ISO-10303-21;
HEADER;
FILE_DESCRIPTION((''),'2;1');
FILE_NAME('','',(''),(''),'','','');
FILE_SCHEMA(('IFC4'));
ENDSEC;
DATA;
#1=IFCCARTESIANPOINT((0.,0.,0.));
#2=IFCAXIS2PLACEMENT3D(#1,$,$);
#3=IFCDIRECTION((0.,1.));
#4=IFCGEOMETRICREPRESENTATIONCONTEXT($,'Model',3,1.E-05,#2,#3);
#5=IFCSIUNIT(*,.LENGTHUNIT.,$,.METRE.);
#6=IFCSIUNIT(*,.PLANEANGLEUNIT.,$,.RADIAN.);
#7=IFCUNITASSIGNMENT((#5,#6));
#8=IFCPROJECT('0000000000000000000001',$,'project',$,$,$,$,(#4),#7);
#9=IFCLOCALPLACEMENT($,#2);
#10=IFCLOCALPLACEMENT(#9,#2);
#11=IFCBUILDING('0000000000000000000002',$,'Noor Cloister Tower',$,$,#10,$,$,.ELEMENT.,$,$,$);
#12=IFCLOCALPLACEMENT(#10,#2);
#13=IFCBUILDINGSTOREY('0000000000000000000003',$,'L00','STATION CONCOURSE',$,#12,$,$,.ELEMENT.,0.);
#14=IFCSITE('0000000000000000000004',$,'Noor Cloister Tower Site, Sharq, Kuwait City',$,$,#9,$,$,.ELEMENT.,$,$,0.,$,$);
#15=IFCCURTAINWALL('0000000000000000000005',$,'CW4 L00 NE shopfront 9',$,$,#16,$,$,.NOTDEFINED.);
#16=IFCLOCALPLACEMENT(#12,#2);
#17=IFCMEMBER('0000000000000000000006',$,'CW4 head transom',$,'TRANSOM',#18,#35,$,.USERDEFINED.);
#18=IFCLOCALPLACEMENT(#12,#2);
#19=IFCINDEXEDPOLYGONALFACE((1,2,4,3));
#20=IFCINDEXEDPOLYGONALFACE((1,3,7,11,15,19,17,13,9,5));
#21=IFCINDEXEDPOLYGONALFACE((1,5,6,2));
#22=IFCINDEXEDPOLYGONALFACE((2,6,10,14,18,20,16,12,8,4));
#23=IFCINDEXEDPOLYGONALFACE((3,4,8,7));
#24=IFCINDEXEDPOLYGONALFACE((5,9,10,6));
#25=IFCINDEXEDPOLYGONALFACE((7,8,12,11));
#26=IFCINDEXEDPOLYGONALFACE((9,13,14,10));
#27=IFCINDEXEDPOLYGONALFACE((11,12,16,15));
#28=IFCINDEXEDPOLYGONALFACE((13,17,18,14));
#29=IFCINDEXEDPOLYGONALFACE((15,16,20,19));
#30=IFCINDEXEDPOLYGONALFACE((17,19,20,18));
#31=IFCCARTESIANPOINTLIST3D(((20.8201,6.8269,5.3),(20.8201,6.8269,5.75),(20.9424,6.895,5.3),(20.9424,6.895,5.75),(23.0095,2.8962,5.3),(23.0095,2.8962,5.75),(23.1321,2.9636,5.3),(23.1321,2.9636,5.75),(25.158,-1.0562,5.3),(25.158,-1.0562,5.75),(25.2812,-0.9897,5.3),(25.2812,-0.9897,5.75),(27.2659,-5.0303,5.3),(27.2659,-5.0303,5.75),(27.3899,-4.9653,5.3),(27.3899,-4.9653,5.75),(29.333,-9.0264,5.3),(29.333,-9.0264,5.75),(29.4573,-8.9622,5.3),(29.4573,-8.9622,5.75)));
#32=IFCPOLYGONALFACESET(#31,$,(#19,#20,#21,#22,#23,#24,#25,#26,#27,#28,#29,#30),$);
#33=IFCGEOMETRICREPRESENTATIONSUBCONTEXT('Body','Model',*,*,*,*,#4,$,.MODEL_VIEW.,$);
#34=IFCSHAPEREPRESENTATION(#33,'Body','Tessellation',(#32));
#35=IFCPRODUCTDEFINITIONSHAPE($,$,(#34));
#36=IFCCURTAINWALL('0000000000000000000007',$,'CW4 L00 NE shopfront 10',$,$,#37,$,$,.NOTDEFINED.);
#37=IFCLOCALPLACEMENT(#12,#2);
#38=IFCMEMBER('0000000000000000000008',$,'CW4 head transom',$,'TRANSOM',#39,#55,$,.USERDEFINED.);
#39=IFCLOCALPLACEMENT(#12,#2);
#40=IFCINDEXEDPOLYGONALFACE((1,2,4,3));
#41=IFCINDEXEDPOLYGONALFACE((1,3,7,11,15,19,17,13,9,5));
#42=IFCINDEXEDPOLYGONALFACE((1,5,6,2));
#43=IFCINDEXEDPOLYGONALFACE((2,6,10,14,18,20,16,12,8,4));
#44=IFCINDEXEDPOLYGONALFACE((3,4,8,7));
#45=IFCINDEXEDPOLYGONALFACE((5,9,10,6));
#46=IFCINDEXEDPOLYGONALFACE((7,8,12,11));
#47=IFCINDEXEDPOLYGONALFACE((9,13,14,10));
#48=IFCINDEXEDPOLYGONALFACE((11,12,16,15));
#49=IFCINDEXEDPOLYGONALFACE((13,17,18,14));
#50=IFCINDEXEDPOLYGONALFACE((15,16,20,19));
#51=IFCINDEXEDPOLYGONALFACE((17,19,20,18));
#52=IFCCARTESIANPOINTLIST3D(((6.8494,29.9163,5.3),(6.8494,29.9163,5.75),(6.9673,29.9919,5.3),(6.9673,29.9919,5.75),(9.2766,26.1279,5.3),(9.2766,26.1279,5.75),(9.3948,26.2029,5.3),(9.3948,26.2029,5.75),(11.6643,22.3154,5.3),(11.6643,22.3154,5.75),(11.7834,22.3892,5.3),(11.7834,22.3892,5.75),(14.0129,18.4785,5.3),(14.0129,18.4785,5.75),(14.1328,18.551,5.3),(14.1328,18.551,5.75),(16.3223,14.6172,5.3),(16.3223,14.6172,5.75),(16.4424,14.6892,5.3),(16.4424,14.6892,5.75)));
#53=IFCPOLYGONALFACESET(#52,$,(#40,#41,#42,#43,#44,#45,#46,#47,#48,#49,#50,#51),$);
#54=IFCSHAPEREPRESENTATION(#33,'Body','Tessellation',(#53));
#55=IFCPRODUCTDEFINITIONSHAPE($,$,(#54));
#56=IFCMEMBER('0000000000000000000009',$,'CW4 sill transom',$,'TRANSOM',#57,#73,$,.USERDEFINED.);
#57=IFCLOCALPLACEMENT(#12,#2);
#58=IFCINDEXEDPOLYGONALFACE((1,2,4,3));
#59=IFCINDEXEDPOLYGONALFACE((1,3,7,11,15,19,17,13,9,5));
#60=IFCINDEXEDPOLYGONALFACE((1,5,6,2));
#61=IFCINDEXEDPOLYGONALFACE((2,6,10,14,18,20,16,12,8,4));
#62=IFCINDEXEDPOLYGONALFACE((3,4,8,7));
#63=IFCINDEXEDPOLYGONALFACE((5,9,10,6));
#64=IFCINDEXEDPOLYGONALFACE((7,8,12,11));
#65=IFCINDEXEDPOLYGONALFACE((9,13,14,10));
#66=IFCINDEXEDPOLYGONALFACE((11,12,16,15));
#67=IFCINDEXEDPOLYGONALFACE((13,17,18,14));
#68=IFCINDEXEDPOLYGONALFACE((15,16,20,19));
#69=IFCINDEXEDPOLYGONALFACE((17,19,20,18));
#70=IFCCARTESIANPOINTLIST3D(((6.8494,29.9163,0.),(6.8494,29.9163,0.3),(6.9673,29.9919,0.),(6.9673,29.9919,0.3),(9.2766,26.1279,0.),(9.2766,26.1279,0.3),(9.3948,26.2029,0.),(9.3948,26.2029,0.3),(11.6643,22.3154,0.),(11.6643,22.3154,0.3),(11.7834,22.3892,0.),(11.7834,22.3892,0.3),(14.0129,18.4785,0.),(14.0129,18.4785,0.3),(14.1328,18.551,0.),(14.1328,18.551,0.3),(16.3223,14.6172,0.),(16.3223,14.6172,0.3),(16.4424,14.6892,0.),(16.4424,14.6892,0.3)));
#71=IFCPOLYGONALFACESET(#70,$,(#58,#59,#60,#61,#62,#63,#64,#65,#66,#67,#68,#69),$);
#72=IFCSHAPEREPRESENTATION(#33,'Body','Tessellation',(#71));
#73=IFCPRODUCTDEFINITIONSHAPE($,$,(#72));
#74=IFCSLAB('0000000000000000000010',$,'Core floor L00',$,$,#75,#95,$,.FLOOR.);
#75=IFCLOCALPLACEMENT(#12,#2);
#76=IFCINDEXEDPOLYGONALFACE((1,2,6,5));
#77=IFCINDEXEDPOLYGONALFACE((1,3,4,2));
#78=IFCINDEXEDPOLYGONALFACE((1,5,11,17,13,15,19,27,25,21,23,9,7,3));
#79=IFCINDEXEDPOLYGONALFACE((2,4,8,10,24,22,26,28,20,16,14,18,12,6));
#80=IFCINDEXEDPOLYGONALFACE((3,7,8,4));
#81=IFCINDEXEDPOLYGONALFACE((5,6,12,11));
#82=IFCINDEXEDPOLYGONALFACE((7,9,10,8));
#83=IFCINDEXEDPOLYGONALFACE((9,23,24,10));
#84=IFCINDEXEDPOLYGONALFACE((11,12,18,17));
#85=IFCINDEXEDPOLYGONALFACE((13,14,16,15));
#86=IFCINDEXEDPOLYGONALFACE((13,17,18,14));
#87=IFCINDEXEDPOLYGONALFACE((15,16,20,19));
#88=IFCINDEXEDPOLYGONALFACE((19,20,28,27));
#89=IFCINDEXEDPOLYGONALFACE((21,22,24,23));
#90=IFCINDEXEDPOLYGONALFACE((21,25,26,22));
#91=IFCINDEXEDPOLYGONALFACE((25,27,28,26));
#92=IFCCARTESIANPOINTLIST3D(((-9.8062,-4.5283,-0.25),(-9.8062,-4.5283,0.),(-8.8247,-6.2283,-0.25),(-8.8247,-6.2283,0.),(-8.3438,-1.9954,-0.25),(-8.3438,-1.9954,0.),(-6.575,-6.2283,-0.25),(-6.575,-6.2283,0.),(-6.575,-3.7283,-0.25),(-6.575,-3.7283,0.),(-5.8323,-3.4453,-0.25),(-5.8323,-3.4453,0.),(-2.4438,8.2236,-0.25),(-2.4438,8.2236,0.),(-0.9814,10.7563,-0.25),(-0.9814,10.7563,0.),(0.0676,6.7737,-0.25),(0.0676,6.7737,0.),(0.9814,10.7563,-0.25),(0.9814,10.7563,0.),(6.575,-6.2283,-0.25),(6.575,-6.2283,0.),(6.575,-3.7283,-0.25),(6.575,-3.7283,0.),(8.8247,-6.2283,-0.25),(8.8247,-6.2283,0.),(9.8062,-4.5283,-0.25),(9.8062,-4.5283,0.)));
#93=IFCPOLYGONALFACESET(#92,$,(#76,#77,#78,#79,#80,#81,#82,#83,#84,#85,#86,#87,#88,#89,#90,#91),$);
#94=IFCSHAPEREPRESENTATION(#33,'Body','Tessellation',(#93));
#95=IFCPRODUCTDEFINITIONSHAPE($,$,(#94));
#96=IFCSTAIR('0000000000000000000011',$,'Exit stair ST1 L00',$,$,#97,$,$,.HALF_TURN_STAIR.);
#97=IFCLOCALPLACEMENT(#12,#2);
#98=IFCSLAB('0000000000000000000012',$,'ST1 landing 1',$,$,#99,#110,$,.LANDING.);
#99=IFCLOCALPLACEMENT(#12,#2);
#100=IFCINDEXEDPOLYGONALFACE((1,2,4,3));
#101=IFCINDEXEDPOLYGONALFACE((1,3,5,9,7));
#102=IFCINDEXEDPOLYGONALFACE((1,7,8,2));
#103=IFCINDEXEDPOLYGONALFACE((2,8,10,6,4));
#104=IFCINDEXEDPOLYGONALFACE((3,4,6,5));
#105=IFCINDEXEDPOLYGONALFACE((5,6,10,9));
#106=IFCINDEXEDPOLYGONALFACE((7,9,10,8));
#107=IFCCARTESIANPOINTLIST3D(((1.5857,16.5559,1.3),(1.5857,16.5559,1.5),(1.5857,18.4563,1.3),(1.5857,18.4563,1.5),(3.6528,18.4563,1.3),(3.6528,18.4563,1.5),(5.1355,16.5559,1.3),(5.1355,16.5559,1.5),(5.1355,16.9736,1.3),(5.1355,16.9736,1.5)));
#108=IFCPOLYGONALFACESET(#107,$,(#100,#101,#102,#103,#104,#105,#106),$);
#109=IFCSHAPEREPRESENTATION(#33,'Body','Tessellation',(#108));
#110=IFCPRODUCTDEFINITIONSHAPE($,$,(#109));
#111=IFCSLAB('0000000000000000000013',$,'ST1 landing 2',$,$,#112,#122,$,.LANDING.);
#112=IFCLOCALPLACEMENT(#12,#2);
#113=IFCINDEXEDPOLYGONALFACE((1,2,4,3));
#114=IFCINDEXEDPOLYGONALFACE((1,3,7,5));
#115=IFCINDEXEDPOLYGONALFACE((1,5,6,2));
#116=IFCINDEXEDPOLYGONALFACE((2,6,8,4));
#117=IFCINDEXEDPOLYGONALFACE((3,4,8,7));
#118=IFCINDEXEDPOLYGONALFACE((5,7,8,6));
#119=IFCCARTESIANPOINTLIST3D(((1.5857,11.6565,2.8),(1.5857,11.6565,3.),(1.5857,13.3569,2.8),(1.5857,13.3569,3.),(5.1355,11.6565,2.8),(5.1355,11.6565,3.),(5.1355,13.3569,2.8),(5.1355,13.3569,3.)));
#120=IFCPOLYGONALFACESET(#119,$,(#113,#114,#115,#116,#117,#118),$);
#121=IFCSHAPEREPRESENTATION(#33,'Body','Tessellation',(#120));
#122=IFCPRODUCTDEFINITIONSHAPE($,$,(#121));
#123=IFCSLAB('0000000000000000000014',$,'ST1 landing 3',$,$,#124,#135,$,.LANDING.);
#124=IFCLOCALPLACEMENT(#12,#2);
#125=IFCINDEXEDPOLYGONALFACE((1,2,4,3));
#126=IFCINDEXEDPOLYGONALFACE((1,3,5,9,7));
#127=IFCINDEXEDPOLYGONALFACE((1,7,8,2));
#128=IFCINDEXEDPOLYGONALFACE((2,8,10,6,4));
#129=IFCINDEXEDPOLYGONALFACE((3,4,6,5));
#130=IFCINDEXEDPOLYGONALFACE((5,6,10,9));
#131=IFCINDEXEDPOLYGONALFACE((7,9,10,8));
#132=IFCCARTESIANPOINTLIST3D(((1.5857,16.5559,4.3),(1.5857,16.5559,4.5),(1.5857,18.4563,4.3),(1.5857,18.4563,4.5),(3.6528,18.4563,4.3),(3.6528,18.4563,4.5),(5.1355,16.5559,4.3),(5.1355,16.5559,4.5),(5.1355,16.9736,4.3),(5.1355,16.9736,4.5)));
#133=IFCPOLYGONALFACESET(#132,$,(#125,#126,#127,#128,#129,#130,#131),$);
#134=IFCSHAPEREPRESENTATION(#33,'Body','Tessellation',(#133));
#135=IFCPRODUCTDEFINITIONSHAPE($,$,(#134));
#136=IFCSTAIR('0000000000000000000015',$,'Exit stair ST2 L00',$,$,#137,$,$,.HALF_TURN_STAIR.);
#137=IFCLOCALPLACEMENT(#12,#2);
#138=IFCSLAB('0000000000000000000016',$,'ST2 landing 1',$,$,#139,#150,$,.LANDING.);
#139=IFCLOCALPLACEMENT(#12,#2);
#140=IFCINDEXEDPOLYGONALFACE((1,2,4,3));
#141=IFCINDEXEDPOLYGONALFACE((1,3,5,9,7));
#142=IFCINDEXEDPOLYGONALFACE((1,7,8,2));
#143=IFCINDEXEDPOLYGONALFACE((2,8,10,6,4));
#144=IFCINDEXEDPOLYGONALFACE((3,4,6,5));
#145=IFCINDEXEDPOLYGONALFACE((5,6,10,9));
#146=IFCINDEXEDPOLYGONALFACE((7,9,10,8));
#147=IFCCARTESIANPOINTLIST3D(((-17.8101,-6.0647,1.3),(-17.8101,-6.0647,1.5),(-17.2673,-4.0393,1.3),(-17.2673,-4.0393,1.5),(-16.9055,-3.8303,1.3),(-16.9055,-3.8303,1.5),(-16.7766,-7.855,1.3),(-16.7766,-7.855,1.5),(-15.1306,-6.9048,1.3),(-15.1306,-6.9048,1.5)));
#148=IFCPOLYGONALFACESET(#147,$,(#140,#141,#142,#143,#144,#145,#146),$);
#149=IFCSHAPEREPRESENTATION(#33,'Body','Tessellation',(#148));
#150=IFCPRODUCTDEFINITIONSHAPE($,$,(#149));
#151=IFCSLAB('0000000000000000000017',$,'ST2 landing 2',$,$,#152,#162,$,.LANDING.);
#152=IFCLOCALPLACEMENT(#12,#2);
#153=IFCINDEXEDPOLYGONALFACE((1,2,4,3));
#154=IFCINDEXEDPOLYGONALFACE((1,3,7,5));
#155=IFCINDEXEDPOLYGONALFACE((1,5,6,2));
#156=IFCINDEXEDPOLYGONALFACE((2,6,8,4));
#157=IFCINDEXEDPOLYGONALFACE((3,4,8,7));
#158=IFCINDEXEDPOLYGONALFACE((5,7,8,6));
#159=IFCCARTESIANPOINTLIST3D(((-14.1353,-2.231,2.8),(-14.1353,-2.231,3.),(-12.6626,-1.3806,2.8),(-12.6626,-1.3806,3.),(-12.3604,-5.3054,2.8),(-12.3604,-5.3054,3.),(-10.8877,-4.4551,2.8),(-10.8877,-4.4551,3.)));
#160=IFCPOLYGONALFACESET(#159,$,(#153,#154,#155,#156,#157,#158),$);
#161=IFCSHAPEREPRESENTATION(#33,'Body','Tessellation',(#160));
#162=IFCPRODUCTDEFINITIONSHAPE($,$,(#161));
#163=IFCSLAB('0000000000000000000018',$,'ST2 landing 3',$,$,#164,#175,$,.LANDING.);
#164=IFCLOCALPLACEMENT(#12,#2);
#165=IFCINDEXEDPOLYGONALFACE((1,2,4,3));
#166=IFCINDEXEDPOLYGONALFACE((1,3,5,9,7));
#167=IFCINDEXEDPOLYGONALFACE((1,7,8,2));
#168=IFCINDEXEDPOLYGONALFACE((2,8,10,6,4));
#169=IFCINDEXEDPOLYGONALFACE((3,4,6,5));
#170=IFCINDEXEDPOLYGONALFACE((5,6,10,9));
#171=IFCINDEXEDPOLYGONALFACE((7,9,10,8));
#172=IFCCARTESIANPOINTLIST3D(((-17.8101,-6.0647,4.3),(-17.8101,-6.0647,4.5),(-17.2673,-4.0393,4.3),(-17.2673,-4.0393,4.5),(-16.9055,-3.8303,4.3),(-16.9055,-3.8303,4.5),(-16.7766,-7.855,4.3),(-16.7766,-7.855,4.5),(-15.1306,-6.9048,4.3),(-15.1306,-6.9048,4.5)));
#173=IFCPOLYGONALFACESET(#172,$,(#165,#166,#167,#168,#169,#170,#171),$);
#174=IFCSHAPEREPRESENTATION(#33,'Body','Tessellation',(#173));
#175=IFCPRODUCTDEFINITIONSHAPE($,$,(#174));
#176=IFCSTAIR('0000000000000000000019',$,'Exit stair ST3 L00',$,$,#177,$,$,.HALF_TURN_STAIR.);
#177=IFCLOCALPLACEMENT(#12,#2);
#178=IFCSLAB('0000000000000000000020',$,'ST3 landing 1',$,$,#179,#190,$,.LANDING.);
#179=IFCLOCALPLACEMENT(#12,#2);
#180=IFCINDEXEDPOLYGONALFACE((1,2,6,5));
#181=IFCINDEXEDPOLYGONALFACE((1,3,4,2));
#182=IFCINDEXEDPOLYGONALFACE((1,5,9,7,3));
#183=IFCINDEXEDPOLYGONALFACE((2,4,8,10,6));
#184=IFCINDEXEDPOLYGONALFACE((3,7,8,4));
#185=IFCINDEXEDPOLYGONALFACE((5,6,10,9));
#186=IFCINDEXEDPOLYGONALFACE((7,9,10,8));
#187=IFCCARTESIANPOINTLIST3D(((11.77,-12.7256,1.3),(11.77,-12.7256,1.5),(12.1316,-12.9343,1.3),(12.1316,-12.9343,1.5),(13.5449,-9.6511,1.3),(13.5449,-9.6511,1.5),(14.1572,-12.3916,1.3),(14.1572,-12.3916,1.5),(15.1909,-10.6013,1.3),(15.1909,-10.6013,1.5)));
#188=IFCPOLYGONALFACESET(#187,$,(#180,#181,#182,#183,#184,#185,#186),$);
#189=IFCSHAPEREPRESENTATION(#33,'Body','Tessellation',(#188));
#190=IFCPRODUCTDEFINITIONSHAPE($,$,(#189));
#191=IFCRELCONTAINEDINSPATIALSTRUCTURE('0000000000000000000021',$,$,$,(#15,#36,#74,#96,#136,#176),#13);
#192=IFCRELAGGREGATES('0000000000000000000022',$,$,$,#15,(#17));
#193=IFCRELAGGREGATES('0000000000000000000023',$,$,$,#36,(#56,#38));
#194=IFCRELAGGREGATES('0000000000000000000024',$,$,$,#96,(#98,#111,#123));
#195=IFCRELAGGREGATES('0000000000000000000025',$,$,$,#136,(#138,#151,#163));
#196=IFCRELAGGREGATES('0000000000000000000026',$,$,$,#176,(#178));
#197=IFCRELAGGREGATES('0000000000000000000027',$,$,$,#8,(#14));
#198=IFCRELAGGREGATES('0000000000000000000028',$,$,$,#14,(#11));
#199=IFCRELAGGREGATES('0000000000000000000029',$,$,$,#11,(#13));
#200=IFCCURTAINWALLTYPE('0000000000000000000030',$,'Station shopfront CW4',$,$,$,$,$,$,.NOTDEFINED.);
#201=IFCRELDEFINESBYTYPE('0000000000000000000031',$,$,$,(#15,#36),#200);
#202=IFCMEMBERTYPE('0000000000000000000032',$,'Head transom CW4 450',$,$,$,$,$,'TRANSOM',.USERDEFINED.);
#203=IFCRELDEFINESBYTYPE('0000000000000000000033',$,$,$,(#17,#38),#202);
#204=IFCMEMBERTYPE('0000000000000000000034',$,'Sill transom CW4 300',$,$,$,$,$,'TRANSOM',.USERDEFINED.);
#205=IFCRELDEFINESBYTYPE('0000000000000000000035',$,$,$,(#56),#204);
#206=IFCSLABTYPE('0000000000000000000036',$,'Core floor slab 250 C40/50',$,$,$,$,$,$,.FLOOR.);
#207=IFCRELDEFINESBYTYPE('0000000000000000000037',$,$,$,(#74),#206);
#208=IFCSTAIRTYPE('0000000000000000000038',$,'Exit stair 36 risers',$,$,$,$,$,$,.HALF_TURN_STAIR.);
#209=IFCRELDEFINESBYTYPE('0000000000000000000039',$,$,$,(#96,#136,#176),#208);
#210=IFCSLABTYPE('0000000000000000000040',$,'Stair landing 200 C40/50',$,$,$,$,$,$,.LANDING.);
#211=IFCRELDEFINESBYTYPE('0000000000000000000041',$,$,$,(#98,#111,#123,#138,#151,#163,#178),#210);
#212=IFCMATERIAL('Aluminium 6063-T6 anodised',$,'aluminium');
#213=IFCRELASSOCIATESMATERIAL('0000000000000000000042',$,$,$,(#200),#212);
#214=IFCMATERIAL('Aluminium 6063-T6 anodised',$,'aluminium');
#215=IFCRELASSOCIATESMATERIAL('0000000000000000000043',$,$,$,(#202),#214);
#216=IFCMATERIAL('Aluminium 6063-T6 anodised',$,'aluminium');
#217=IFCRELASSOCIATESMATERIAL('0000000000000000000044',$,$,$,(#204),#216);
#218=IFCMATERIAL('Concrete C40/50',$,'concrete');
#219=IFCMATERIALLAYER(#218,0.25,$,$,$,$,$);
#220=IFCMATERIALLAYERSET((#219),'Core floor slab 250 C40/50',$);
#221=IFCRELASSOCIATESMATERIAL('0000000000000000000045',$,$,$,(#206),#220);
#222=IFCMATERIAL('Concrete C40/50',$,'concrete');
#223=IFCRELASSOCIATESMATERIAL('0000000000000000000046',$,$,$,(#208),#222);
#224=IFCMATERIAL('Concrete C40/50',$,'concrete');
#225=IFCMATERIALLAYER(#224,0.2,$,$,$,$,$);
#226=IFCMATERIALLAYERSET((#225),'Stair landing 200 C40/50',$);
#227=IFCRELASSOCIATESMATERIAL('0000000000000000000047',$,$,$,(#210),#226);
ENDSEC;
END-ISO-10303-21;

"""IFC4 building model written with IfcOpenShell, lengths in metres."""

from ifc_helpers import new_model, si_unit, direction, frame, origin, place, context, subcontext, project, spatial, polyline, outline, extrude, material, layer, layer_set, type_object, element, aggregate, save


model = new_model("IFC4")

# Units and contexts
model_context = context("Model", 3, precision=1e-05, world=origin(), true_north=direction((0.0, 1.0)))
body_context = subcontext(model_context, "Body", "Model", "MODEL_VIEW")
ifc_project = project(units=[si_unit("LENGTHUNIT", "METRE"), si_unit("PLANEANGLEUNIT", "RADIAN")], contexts=[model_context])

# Site, building, storey
site_placement = place(None, origin())
site = spatial("IfcSite", under=ifc_project, at=site_placement, Name="Noor Cloister Tower Site, Sharq, Kuwait City", CompositionType="ELEMENT", RefElevation=0.0)
building_placement = place(site_placement, origin())
building = spatial("IfcBuilding", under=site, at=building_placement, Name="Noor Cloister Tower", CompositionType="ELEMENT")
storey_placement = place(building_placement, origin())
storey = spatial("IfcBuildingStorey", under=building, at=storey_placement, Name="L00", Description="STATION CONCOURSE", CompositionType="ELEMENT", Elevation=0.0)

# Curtain wall, member
ifc_material_1 = material(Name="Aluminium 6063-T6 anodised", Category="aluminium")
curtain_wall_type = type_object("IfcCurtainWallType", Name="Station shopfront CW4", PredefinedType="NOTDEFINED", material=ifc_material_1)
curtain_wall_1_placement = place(storey_placement, origin())
curtain_wall_1 = element("IfcCurtainWall", 1, at=curtain_wall_1_placement, inside=storey, type_object=curtain_wall_type, Name="CW4 L00 NE shopfront 9", PredefinedType="NOTDEFINED")
ifc_material_2 = material(Name="Aluminium 6063-T6 anodised", Category="aluminium")
member_type_1 = type_object("IfcMemberType", Name="Head transom CW4 450", ElementType="TRANSOM", PredefinedType="USERDEFINED", material=ifc_material_2)
member_1_placement = place(storey_placement, frame((0.0, 0.0, 5.3)))
member_1 = element("IfcMember", 2, at=member_1_placement, type_object=member_type_1, Name="CW4 head transom", ObjectType="TRANSOM", PredefinedType="USERDEFINED", context=body_context, shape_type="SweptSolid", body=[
    extrude(outline(polyline([(29.4573, -8.9622), (27.3899, -4.9653), (25.2812, -0.9897), (23.1321, 2.9636), (20.9424, 6.895), (20.8201, 6.8269), (23.0095, 2.8962), (25.158, -1.0562), (27.2659, -5.0303), (29.333, -9.0264), (29.4573, -8.9622)])), origin(), (0.0, 0.0, 1.0), 0.45),
])
aggregate(curtain_wall_1, [member_1])

# Curtain wall, members
curtain_wall_2_placement = place(storey_placement, origin())
curtain_wall_2 = element("IfcCurtainWall", 3, at=curtain_wall_2_placement, inside=storey, type_object=curtain_wall_type, Name="CW4 L00 NE shopfront 10", PredefinedType="NOTDEFINED")
member_2_placement = place(storey_placement, frame((0.0, 0.0, 5.3)))
member_2 = element("IfcMember", 4, at=member_2_placement, type_object=member_type_1, Name="CW4 head transom", ObjectType="TRANSOM", PredefinedType="USERDEFINED", context=body_context, shape_type="SweptSolid", body=[
    extrude(outline(polyline([(16.4424, 14.6892), (14.1328, 18.551), (11.7834, 22.3892), (9.3948, 26.2029), (6.9673, 29.9919), (6.8494, 29.9163), (9.2766, 26.1279), (11.6643, 22.3154), (14.0129, 18.4785), (16.3223, 14.6172), (16.4424, 14.6892)])), origin(), (0.0, 0.0, 1.0), 0.45),
])
ifc_material_3 = material(Name="Aluminium 6063-T6 anodised", Category="aluminium")
member_type_2 = type_object("IfcMemberType", Name="Sill transom CW4 300", ElementType="TRANSOM", PredefinedType="USERDEFINED", material=ifc_material_3)
member_3_placement = place(storey_placement, origin())
member_3 = element("IfcMember", 5, at=member_3_placement, type_object=member_type_2, Name="CW4 sill transom", ObjectType="TRANSOM", PredefinedType="USERDEFINED", context=body_context, shape_type="SweptSolid", body=[
    extrude(outline(polyline([(16.4424, 14.6892), (14.1328, 18.551), (11.7834, 22.3892), (9.3948, 26.2029), (6.9673, 29.9919), (6.8494, 29.9163), (9.2766, 26.1279), (11.6643, 22.3154), (14.0129, 18.4785), (16.3223, 14.6172), (16.4424, 14.6892)])), origin(), (0.0, 0.0, 1.0), 0.3),
])
aggregate(curtain_wall_2, [member_3, member_2])

# Slab
ifc_material_4 = material(Name="Concrete C40/50", Category="concrete")
ifc_layer_1 = layer(ifc_material_4, 0.25)
ifc_layer_set_1 = layer_set([ifc_layer_1], Name="Core floor slab 250 C40/50")
slab_type_1 = type_object("IfcSlabType", Name="Core floor slab 250 C40/50", PredefinedType="FLOOR", material=ifc_layer_set_1)
slab_1_placement = place(storey_placement, frame((0.0, 0.0, -0.25)))
element("IfcSlab", 6, at=slab_1_placement, inside=storey, type_object=slab_type_1, Name="Core floor L00", PredefinedType="FLOOR", context=body_context, shape_type="SweptSolid", body=[
    extrude(outline(polyline([(-6.575, -6.2283), (-6.575, -3.7283), (6.575, -3.7283), (6.575, -6.2283), (8.8247, -6.2283), (9.8062, -4.5283), (0.9814, 10.7563), (-0.9814, 10.7563), (-2.4438, 8.2236), (0.0676, 6.7737), (-5.8323, -3.4453), (-8.3438, -1.9954), (-9.8062, -4.5283), (-8.8247, -6.2283), (-6.575, -6.2283)])), origin(), (0.0, 0.0, 1.0), 0.25),
])

# Stairs, slabs
ifc_material_5 = material(Name="Concrete C40/50", Category="concrete")
stair_type = type_object("IfcStairType", Name="Exit stair 36 risers", PredefinedType="HALF_TURN_STAIR", material=ifc_material_5)
stair_1_placement = place(storey_placement, origin())
stair_1 = element("IfcStair", 7, at=stair_1_placement, inside=storey, type_object=stair_type, Name="Exit stair ST1 L00", PredefinedType="HALF_TURN_STAIR")
ifc_material_6 = material(Name="Concrete C40/50", Category="concrete")
ifc_layer_2 = layer(ifc_material_6, 0.2)
ifc_layer_set_2 = layer_set([ifc_layer_2], Name="Stair landing 200 C40/50")
slab_type_2 = type_object("IfcSlabType", Name="Stair landing 200 C40/50", PredefinedType="LANDING", material=ifc_layer_set_2)
slab_2_placement = place(storey_placement, frame((0.0, 0.0, 1.3)))
slab_2 = element("IfcSlab", 8, at=slab_2_placement, type_object=slab_type_2, Name="ST1 landing 1", PredefinedType="LANDING", context=body_context, shape_type="SweptSolid", body=[
    extrude(outline(polyline([(5.1355, 16.5559), (5.1355, 16.9736), (3.6528, 18.4563), (1.5857, 18.4563), (1.5857, 16.5559), (5.1355, 16.5559)])), origin(), (0.0, 0.0, 1.0), 0.2),
])
slab_3_placement = place(storey_placement, frame((0.0, 0.0, 2.8)))
slab_3 = element("IfcSlab", 9, at=slab_3_placement, type_object=slab_type_2, Name="ST1 landing 2", PredefinedType="LANDING", context=body_context, shape_type="SweptSolid", body=[
    extrude(outline(polyline([(1.5857, 13.3569), (1.5857, 11.6565), (5.1355, 11.6565), (5.1355, 13.3569), (1.5857, 13.3569)])), origin(), (0.0, 0.0, 1.0), 0.2),
])
slab_4_placement = place(storey_placement, frame((0.0, 0.0, 4.3)))
slab_4 = element("IfcSlab", 10, at=slab_4_placement, type_object=slab_type_2, Name="ST1 landing 3", PredefinedType="LANDING", context=body_context, shape_type="SweptSolid", body=[
    extrude(outline(polyline([(5.1355, 16.5559), (5.1355, 16.9736), (3.6528, 18.4563), (1.5857, 18.4563), (1.5857, 16.5559), (5.1355, 16.5559)])), origin(), (0.0, 0.0, 1.0), 0.2),
])
aggregate(stair_1, [slab_2, slab_3, slab_4])
stair_2_placement = place(storey_placement, origin())
stair_2 = element("IfcStair", 11, at=stair_2_placement, inside=storey, type_object=stair_type, Name="Exit stair ST2 L00", PredefinedType="HALF_TURN_STAIR")
slab_5_placement = place(storey_placement, frame((0.0, 0.0, 1.3)))
slab_5 = element("IfcSlab", 12, at=slab_5_placement, type_object=slab_type_2, Name="ST2 landing 1", PredefinedType="LANDING", context=body_context, shape_type="SweptSolid", body=[
    extrude(outline(polyline([(-16.9055, -3.8303), (-17.2673, -4.0393), (-17.8101, -6.0647), (-16.7766, -7.855), (-15.1306, -6.9048), (-16.9055, -3.8303)])), origin(), (0.0, 0.0, 1.0), 0.2),
])
slab_6_placement = place(storey_placement, frame((0.0, 0.0, 2.8)))
slab_6 = element("IfcSlab", 13, at=slab_6_placement, type_object=slab_type_2, Name="ST2 landing 2", PredefinedType="LANDING", context=body_context, shape_type="SweptSolid", body=[
    extrude(outline(polyline([(-12.3604, -5.3054), (-10.8877, -4.4551), (-12.6626, -1.3806), (-14.1353, -2.231), (-12.3604, -5.3054)])), origin(), (0.0, 0.0, 1.0), 0.2),
])
slab_7_placement = place(storey_placement, frame((0.0, 0.0, 4.3)))
slab_7 = element("IfcSlab", 14, at=slab_7_placement, type_object=slab_type_2, Name="ST2 landing 3", PredefinedType="LANDING", context=body_context, shape_type="SweptSolid", body=[
    extrude(outline(polyline([(-16.9055, -3.8303), (-17.2673, -4.0393), (-17.8101, -6.0647), (-16.7766, -7.855), (-15.1306, -6.9048), (-16.9055, -3.8303)])), origin(), (0.0, 0.0, 1.0), 0.2),
])
aggregate(stair_2, [slab_5, slab_6, slab_7])
stair_3_placement = place(storey_placement, origin())
stair_3 = element("IfcStair", 15, at=stair_3_placement, inside=storey, type_object=stair_type, Name="Exit stair ST3 L00", PredefinedType="HALF_TURN_STAIR")
slab_8_placement = place(storey_placement, frame((0.0, 0.0, 1.3)))
slab_8 = element("IfcSlab", 16, at=slab_8_placement, type_object=slab_type_2, Name="ST3 landing 1", PredefinedType="LANDING", context=body_context, shape_type="SweptSolid", body=[
    extrude(outline(polyline([(11.77, -12.7256), (12.1316, -12.9343), (14.1572, -12.3916), (15.1909, -10.6013), (13.5449, -9.6511), (11.77, -12.7256)])), origin(), (0.0, 0.0, 1.0), 0.2),
])
aggregate(stair_3, [slab_8])

save(model, "model.ifc")
